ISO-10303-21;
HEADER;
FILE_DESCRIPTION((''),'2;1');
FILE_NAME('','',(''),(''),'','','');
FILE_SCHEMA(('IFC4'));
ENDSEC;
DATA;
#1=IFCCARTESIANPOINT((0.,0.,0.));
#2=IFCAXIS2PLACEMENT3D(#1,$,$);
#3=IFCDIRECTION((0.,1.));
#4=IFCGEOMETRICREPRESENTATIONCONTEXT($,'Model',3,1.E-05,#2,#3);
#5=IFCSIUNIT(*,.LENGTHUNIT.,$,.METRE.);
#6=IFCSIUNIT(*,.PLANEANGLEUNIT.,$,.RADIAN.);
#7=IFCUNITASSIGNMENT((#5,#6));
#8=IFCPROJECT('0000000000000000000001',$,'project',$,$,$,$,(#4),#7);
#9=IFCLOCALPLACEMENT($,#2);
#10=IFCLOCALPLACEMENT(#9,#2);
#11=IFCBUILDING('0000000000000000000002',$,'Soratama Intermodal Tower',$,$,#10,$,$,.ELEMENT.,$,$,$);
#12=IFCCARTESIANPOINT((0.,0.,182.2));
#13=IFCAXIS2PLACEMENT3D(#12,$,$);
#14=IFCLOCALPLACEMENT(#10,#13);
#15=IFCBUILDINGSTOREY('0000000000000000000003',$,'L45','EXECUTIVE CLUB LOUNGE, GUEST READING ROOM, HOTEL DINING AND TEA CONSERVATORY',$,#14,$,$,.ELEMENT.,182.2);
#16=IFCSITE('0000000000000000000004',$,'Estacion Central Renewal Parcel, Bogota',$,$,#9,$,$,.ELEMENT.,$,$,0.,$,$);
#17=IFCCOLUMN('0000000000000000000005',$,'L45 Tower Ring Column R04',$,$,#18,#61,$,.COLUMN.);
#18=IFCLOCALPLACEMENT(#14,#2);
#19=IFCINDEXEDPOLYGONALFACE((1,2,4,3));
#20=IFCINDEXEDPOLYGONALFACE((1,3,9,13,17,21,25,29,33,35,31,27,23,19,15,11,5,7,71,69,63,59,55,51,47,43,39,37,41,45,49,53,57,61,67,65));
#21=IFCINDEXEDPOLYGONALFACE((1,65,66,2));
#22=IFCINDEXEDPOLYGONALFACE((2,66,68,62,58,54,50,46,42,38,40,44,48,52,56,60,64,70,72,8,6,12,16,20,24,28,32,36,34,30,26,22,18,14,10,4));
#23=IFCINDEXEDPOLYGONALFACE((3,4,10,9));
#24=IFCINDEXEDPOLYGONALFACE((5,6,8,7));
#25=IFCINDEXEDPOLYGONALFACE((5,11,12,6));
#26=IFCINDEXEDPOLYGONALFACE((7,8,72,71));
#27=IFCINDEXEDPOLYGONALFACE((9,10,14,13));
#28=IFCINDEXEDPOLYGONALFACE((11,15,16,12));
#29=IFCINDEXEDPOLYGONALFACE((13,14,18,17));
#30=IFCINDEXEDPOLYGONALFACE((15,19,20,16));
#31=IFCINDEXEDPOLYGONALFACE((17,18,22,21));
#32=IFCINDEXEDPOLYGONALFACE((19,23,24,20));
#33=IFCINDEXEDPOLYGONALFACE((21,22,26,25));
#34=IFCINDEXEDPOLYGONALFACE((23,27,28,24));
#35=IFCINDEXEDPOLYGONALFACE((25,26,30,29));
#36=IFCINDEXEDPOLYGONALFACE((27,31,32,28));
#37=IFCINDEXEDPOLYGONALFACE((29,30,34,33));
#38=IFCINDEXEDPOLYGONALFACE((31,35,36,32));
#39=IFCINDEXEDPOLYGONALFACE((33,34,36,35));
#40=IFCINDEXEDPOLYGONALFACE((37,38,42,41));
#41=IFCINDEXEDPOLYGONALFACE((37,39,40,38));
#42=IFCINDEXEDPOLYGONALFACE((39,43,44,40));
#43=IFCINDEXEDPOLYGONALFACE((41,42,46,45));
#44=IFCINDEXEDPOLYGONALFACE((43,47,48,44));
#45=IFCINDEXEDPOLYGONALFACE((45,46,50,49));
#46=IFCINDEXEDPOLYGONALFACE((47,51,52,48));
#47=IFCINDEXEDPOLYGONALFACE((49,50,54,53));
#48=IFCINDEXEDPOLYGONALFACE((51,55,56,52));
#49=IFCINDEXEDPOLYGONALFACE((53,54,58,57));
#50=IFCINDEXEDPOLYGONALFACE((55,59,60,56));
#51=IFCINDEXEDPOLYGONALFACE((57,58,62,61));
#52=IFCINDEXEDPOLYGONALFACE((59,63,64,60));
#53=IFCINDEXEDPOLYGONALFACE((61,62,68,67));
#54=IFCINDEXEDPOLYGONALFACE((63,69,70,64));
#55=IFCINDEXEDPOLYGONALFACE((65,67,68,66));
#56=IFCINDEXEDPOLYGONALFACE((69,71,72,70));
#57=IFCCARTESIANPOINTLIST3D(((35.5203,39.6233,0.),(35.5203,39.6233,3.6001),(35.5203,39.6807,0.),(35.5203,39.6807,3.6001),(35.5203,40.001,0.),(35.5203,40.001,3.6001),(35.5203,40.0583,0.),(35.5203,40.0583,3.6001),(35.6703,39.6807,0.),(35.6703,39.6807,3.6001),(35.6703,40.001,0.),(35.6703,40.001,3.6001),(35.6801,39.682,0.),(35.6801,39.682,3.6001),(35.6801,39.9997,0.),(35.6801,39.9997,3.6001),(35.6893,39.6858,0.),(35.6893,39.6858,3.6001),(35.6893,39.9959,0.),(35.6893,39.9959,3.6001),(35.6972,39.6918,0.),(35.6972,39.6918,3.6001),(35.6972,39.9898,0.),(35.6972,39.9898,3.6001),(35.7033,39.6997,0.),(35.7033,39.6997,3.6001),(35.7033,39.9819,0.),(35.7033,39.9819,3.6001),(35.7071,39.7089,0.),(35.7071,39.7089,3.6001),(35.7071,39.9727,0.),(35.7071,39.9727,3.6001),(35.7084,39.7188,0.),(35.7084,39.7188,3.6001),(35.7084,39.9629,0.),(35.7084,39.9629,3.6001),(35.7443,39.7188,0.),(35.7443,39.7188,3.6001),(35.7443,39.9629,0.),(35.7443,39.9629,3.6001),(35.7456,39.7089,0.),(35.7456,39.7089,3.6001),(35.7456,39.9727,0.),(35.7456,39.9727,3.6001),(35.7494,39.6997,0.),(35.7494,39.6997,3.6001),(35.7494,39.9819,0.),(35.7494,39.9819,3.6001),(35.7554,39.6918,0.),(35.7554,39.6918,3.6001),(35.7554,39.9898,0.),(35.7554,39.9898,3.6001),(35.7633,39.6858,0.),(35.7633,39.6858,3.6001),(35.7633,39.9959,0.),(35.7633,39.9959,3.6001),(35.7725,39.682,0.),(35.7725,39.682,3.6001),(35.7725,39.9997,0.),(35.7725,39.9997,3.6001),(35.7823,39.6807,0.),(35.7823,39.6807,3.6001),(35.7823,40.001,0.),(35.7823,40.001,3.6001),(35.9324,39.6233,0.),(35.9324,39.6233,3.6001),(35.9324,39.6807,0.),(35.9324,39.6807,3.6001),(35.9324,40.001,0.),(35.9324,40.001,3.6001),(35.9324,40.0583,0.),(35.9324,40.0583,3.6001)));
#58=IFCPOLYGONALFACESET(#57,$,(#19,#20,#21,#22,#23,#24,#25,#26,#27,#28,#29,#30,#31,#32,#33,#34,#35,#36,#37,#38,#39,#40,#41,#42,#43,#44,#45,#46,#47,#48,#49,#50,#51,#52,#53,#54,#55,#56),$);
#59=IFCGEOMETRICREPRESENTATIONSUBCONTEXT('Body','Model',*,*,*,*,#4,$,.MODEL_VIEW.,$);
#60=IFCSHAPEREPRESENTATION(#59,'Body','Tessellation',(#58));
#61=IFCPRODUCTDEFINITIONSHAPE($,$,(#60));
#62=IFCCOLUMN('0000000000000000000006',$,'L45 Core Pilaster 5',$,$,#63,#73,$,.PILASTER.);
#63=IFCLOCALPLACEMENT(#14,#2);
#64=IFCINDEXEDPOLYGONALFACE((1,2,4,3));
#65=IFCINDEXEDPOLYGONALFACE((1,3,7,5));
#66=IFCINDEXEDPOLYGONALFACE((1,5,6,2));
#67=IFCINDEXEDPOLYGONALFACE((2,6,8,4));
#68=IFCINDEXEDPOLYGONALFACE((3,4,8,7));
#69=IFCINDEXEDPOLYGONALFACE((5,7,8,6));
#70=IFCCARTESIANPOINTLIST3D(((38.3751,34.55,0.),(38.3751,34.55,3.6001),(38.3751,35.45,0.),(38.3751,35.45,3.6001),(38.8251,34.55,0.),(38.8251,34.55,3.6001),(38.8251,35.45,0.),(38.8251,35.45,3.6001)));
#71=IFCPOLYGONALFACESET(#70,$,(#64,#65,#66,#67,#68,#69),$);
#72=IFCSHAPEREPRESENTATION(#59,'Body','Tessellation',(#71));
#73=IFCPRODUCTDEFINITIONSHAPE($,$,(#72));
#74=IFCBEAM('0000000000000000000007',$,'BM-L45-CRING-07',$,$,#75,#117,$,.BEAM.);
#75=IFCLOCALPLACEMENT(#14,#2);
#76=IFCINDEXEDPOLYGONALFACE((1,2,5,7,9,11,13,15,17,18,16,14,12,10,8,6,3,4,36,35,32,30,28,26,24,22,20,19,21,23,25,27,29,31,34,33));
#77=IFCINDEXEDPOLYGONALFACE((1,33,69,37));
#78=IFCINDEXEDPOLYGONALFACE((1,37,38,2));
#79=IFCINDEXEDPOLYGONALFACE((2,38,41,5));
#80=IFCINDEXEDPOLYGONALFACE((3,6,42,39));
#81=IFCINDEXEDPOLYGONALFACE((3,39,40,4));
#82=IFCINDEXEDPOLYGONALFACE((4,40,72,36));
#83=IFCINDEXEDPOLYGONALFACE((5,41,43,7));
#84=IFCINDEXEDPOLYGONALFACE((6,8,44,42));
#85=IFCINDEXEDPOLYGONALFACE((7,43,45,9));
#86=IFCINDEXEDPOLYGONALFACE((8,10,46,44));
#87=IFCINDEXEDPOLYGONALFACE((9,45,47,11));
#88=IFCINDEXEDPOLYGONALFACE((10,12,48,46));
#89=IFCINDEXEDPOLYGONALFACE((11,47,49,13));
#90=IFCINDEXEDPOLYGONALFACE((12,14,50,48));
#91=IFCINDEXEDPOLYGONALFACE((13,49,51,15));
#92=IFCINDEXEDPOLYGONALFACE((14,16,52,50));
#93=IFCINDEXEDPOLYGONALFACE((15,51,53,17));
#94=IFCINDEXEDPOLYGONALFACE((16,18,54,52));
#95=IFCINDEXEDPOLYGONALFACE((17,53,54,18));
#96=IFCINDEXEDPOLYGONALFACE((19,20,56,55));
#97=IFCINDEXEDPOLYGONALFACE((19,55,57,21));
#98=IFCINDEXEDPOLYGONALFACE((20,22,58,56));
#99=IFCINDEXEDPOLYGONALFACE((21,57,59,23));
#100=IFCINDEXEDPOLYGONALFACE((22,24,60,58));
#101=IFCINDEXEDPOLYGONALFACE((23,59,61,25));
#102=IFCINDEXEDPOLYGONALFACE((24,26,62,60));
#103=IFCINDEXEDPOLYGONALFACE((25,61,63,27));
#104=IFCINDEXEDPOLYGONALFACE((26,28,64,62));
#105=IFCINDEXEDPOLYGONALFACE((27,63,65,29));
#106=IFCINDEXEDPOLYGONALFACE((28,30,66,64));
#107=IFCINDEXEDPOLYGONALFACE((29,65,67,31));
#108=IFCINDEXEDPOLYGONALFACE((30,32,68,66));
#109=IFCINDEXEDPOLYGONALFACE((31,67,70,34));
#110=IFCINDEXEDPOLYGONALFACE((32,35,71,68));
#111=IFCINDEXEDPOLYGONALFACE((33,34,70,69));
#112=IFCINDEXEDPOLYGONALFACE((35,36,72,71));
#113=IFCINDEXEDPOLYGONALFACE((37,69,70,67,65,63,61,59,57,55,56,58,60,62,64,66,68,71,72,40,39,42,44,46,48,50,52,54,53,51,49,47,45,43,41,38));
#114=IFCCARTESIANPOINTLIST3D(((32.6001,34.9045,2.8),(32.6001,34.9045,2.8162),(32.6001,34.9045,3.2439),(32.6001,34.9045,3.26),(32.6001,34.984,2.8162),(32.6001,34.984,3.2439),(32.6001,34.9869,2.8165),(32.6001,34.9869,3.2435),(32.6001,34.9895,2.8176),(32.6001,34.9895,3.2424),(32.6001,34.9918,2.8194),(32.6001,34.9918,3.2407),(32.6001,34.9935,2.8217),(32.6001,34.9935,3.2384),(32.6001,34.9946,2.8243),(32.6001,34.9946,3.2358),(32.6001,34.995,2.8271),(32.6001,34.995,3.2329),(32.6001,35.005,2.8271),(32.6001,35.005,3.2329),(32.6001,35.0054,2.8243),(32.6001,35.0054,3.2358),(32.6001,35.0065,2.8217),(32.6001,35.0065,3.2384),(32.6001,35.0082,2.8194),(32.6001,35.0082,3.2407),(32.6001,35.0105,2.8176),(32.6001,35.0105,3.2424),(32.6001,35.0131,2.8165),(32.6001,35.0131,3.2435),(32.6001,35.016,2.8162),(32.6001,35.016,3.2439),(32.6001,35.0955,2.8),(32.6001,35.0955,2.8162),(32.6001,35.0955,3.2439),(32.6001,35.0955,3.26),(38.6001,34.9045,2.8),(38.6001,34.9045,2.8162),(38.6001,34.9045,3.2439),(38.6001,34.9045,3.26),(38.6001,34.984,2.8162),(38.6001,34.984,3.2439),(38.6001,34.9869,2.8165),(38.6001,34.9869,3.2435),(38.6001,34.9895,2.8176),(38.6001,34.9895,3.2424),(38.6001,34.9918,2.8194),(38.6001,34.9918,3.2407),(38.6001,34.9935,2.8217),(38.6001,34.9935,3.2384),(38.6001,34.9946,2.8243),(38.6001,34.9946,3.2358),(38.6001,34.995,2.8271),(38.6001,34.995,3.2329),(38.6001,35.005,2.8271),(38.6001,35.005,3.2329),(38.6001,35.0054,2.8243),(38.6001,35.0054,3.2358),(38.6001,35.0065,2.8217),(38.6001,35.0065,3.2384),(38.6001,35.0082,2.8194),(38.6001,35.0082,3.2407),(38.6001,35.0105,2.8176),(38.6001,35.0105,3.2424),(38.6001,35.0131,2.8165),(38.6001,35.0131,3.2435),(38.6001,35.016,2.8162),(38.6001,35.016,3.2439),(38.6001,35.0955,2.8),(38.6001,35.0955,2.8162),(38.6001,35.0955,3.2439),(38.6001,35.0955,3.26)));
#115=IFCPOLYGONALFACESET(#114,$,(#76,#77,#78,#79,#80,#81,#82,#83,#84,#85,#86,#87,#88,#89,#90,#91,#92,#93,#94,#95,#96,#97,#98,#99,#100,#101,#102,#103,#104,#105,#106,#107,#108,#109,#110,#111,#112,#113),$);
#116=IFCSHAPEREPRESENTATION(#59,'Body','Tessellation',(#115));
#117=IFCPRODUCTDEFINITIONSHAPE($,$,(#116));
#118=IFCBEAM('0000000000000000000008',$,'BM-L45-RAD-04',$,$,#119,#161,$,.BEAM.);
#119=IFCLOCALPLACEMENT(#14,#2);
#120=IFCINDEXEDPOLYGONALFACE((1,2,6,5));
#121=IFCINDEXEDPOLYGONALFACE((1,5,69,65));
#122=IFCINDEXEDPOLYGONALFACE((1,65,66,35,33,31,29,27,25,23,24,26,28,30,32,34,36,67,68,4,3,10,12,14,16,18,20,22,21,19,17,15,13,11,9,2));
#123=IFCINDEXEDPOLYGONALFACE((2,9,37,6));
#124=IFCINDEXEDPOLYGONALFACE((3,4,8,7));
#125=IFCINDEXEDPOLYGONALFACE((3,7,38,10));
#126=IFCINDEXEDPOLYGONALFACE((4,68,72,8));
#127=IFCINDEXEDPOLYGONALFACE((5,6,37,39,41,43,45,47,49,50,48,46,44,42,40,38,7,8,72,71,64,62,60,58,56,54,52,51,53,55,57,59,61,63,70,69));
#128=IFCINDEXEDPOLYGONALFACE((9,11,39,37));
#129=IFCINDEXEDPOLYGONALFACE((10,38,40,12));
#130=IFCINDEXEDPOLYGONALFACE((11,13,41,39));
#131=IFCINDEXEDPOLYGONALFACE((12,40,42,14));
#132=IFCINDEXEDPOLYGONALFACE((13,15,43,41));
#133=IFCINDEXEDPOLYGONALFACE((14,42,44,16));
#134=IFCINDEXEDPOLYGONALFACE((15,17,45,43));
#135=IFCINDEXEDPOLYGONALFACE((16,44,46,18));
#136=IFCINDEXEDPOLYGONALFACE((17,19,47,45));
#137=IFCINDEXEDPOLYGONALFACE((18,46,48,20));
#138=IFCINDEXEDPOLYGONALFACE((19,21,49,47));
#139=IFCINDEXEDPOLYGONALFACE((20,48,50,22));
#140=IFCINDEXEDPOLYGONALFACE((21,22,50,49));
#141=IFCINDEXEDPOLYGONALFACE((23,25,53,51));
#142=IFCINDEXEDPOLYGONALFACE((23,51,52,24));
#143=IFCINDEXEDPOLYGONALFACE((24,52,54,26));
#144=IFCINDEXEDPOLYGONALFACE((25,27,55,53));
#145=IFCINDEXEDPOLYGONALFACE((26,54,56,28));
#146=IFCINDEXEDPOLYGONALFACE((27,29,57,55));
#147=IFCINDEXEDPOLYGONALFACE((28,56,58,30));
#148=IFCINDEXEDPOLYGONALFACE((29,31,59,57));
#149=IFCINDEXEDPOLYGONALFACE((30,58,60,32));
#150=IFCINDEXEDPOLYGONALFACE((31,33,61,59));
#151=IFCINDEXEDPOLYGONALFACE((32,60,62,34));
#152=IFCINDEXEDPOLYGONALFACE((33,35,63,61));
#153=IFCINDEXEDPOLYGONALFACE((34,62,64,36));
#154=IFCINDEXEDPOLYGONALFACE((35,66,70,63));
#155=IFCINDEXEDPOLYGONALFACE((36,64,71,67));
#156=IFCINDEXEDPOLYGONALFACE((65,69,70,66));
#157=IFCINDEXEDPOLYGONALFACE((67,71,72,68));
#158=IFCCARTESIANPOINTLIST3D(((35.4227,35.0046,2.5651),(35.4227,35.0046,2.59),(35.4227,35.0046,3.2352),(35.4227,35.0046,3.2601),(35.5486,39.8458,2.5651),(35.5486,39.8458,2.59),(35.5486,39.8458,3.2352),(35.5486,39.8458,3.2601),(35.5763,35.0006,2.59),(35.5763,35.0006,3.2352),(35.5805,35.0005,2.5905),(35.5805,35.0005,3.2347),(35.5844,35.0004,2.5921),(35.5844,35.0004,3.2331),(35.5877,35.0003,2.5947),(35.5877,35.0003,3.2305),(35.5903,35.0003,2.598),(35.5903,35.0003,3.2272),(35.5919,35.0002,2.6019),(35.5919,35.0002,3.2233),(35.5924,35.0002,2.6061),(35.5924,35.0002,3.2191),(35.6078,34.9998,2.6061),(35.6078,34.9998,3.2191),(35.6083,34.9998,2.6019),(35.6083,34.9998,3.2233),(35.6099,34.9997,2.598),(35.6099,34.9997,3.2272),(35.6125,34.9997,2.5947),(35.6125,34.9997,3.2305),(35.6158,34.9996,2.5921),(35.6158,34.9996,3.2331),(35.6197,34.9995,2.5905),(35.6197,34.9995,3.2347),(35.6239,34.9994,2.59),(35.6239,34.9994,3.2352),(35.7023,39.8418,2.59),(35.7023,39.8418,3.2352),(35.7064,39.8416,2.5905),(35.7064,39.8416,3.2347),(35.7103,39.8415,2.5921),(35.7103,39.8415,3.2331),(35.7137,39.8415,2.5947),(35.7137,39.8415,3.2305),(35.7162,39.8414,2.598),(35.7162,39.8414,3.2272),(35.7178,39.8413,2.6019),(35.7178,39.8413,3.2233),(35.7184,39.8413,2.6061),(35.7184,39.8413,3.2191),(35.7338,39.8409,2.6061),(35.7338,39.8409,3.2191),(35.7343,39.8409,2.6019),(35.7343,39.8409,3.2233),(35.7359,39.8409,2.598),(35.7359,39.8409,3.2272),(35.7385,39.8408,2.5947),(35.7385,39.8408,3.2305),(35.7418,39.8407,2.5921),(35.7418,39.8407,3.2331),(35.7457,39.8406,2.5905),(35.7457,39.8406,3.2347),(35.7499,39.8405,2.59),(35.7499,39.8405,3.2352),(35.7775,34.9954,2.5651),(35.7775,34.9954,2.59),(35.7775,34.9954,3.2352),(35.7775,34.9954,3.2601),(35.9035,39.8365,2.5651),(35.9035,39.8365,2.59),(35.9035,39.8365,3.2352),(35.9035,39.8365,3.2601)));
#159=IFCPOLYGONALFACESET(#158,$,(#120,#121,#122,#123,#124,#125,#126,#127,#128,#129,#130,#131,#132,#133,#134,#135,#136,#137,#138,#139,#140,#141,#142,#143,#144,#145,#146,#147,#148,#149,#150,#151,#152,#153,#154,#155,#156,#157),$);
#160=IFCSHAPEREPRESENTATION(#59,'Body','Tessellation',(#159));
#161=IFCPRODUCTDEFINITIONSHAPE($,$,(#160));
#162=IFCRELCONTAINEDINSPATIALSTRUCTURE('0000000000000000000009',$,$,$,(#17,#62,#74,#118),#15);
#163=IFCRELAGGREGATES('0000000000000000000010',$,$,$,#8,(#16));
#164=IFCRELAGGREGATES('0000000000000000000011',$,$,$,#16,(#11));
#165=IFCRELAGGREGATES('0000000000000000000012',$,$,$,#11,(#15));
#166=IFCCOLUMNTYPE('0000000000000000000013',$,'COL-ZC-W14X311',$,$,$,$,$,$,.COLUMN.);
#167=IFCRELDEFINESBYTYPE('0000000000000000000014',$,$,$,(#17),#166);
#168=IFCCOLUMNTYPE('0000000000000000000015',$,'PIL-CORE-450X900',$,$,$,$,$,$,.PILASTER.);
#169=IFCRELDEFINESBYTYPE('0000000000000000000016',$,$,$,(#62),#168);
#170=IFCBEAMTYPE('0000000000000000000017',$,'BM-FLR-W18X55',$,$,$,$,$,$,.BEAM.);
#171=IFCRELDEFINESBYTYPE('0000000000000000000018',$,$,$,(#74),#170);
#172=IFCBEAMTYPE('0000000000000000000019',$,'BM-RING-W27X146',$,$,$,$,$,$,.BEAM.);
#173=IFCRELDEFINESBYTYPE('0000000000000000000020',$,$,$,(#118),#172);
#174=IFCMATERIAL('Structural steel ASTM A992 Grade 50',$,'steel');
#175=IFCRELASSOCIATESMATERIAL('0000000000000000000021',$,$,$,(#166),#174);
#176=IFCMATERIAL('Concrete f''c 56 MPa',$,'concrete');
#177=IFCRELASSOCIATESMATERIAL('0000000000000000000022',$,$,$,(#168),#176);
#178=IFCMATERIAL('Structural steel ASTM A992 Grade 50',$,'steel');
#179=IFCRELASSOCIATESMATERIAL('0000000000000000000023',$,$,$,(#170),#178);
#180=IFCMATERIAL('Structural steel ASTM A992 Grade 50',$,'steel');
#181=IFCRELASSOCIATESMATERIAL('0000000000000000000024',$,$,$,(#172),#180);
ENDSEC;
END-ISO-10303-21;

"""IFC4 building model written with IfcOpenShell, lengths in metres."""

from ifc_helpers import new_model, si_unit, direction, frame, origin, origin_2d, place, context, subcontext, project, spatial, rectangle, i_section, extrude, material, material_profile, profile_set, type_object, element, save


model = new_model("IFC4")

# Units and contexts
model_context = context("Model", 3, precision=1e-05, world=origin(), true_north=direction((0.0, 1.0)))
body_context = subcontext(model_context, "Body", "Model", "MODEL_VIEW")
ifc_project = project(units=[si_unit("LENGTHUNIT", "METRE"), si_unit("PLANEANGLEUNIT", "RADIAN")], contexts=[model_context])

# Site, building, storey
site_placement = place(None, origin())
site = spatial("IfcSite", under=ifc_project, at=site_placement, Name="Estacion Central Renewal Parcel, Bogota", CompositionType="ELEMENT", RefElevation=0.0)
building_placement = place(site_placement, origin())
building = spatial("IfcBuilding", under=site, at=building_placement, Name="Soratama Intermodal Tower", CompositionType="ELEMENT")
storey_placement = place(building_placement, frame((0.0, 0.0, 182.2)))
storey = spatial("IfcBuildingStorey", under=building, at=storey_placement, Name="L45", Description="EXECUTIVE CLUB LOUNGE, GUEST READING ROOM, HOTEL DINING AND TEA CONSERVATORY", CompositionType="ELEMENT", Elevation=182.2)

# Columns
ifc_material_1 = material(Name="Structural steel ASTM A992 Grade 50", Category="steel")
ifc_material_profile_1 = material_profile(ifc_material_1, i_section(OverallWidth=0.4121, OverallDepth=0.4351, WebThickness=0.0359, FlangeThickness=0.0574, FilletRadius=0.0381, at=origin_2d()), Name="W14X311")
ifc_profile_set_1 = profile_set([ifc_material_profile_1], Name="Structural steel ASTM A992 Grade 50")
column_type_1 = type_object("IfcColumnType", Name="COL-ZC-W14X311", PredefinedType="COLUMN", material=ifc_profile_set_1)
column_1_placement = place(storey_placement, frame((35.7263, 39.8408, 0.0), z_axis=(0.0, 0.0, 1.0), x_axis=(1.0, 0.0, 0.0)))
element("IfcColumn", 1, at=column_1_placement, inside=storey, type_object=column_type_1, Name="L45 Tower Ring Column R04", PredefinedType="COLUMN", context=body_context, shape_type="SweptSolid", body=[
    extrude(i_section(OverallWidth=0.4121, OverallDepth=0.4351, WebThickness=0.0359, FlangeThickness=0.0574, FilletRadius=0.0381, at=origin_2d()), origin(), (0.0, 0.0, 1.0), 3.6001),
])
ifc_material_2 = material(Name="Concrete f'c 56 MPa", Category="concrete")
ifc_material_profile_2 = material_profile(ifc_material_2, rectangle(XDim=0.45, YDim=0.8999, at=origin_2d()), Name="RC450X900")
ifc_profile_set_2 = profile_set([ifc_material_profile_2], Name="Concrete f'c 56 MPa")
column_type_2 = type_object("IfcColumnType", Name="PIL-CORE-450X900", PredefinedType="PILASTER", material=ifc_profile_set_2)
column_2_placement = place(storey_placement, frame((38.6001, 35.0, 0.0), z_axis=(0.0, 0.0, 1.0), x_axis=(1.0, 0.0, 0.0)))
element("IfcColumn", 2, at=column_2_placement, inside=storey, type_object=column_type_2, Name="L45 Core Pilaster 5", PredefinedType="PILASTER", context=body_context, shape_type="SweptSolid", body=[
    extrude(rectangle(XDim=0.45, YDim=0.8999, at=origin_2d()), origin(), (0.0, 0.0, 1.0), 3.6001),
])

# Beams
ifc_material_3 = material(Name="Structural steel ASTM A992 Grade 50", Category="steel")
ifc_material_profile_3 = material_profile(ifc_material_3, i_section(OverallWidth=0.1909, OverallDepth=0.46, WebThickness=0.01, FlangeThickness=0.0161, FilletRadius=0.011, at=origin_2d()), Name="W18X55")
ifc_profile_set_3 = profile_set([ifc_material_profile_3], Name="Structural steel ASTM A992 Grade 50")
beam_type_1 = type_object("IfcBeamType", Name="BM-FLR-W18X55", PredefinedType="BEAM", material=ifc_profile_set_3)
beam_1_placement = place(storey_placement, frame((38.6001, 35.0, 3.03), z_axis=(-1.0, 0.0, 0.0), x_axis=(0.0, -1.0, 0.0)))
element("IfcBeam", 3, at=beam_1_placement, inside=storey, type_object=beam_type_1, Name="BM-L45-CRING-07", PredefinedType="BEAM", context=body_context, shape_type="SweptSolid", body=[
    extrude(i_section(OverallWidth=0.1909, OverallDepth=0.46, WebThickness=0.01, FlangeThickness=0.0161, FilletRadius=0.011, at=origin_2d()), origin(), (0.0, 0.0, 1.0), 6.0),
])
ifc_material_4 = material(Name="Structural steel ASTM A992 Grade 50", Category="steel")
ifc_material_profile_4 = material_profile(ifc_material_4, i_section(OverallWidth=0.355, OverallDepth=0.6951, WebThickness=0.0154, FlangeThickness=0.0249, FilletRadius=0.0161, at=origin_2d()), Name="W27X146")
ifc_profile_set_4 = profile_set([ifc_material_profile_4], Name="Structural steel ASTM A992 Grade 50")
beam_type_2 = type_object("IfcBeamType", Name="BM-RING-W27X146", PredefinedType="BEAM", material=ifc_profile_set_4)
beam_2_placement = place(storey_placement, frame((35.6001, 35.0, 2.9126), z_axis=(0.026014, 0.999662, 0.0), x_axis=(-0.999662, 0.026014, 0.0)))
element("IfcBeam", 4, at=beam_2_placement, inside=storey, type_object=beam_type_2, Name="BM-L45-RAD-04", PredefinedType="BEAM", context=body_context, shape_type="SweptSolid", body=[
    extrude(i_section(OverallWidth=0.355, OverallDepth=0.6951, WebThickness=0.0154, FlangeThickness=0.0249, FilletRadius=0.0161, at=origin_2d()), origin(), (0.0, 0.0, 1.0), 4.8428),
])

save(model, "model.ifc")
